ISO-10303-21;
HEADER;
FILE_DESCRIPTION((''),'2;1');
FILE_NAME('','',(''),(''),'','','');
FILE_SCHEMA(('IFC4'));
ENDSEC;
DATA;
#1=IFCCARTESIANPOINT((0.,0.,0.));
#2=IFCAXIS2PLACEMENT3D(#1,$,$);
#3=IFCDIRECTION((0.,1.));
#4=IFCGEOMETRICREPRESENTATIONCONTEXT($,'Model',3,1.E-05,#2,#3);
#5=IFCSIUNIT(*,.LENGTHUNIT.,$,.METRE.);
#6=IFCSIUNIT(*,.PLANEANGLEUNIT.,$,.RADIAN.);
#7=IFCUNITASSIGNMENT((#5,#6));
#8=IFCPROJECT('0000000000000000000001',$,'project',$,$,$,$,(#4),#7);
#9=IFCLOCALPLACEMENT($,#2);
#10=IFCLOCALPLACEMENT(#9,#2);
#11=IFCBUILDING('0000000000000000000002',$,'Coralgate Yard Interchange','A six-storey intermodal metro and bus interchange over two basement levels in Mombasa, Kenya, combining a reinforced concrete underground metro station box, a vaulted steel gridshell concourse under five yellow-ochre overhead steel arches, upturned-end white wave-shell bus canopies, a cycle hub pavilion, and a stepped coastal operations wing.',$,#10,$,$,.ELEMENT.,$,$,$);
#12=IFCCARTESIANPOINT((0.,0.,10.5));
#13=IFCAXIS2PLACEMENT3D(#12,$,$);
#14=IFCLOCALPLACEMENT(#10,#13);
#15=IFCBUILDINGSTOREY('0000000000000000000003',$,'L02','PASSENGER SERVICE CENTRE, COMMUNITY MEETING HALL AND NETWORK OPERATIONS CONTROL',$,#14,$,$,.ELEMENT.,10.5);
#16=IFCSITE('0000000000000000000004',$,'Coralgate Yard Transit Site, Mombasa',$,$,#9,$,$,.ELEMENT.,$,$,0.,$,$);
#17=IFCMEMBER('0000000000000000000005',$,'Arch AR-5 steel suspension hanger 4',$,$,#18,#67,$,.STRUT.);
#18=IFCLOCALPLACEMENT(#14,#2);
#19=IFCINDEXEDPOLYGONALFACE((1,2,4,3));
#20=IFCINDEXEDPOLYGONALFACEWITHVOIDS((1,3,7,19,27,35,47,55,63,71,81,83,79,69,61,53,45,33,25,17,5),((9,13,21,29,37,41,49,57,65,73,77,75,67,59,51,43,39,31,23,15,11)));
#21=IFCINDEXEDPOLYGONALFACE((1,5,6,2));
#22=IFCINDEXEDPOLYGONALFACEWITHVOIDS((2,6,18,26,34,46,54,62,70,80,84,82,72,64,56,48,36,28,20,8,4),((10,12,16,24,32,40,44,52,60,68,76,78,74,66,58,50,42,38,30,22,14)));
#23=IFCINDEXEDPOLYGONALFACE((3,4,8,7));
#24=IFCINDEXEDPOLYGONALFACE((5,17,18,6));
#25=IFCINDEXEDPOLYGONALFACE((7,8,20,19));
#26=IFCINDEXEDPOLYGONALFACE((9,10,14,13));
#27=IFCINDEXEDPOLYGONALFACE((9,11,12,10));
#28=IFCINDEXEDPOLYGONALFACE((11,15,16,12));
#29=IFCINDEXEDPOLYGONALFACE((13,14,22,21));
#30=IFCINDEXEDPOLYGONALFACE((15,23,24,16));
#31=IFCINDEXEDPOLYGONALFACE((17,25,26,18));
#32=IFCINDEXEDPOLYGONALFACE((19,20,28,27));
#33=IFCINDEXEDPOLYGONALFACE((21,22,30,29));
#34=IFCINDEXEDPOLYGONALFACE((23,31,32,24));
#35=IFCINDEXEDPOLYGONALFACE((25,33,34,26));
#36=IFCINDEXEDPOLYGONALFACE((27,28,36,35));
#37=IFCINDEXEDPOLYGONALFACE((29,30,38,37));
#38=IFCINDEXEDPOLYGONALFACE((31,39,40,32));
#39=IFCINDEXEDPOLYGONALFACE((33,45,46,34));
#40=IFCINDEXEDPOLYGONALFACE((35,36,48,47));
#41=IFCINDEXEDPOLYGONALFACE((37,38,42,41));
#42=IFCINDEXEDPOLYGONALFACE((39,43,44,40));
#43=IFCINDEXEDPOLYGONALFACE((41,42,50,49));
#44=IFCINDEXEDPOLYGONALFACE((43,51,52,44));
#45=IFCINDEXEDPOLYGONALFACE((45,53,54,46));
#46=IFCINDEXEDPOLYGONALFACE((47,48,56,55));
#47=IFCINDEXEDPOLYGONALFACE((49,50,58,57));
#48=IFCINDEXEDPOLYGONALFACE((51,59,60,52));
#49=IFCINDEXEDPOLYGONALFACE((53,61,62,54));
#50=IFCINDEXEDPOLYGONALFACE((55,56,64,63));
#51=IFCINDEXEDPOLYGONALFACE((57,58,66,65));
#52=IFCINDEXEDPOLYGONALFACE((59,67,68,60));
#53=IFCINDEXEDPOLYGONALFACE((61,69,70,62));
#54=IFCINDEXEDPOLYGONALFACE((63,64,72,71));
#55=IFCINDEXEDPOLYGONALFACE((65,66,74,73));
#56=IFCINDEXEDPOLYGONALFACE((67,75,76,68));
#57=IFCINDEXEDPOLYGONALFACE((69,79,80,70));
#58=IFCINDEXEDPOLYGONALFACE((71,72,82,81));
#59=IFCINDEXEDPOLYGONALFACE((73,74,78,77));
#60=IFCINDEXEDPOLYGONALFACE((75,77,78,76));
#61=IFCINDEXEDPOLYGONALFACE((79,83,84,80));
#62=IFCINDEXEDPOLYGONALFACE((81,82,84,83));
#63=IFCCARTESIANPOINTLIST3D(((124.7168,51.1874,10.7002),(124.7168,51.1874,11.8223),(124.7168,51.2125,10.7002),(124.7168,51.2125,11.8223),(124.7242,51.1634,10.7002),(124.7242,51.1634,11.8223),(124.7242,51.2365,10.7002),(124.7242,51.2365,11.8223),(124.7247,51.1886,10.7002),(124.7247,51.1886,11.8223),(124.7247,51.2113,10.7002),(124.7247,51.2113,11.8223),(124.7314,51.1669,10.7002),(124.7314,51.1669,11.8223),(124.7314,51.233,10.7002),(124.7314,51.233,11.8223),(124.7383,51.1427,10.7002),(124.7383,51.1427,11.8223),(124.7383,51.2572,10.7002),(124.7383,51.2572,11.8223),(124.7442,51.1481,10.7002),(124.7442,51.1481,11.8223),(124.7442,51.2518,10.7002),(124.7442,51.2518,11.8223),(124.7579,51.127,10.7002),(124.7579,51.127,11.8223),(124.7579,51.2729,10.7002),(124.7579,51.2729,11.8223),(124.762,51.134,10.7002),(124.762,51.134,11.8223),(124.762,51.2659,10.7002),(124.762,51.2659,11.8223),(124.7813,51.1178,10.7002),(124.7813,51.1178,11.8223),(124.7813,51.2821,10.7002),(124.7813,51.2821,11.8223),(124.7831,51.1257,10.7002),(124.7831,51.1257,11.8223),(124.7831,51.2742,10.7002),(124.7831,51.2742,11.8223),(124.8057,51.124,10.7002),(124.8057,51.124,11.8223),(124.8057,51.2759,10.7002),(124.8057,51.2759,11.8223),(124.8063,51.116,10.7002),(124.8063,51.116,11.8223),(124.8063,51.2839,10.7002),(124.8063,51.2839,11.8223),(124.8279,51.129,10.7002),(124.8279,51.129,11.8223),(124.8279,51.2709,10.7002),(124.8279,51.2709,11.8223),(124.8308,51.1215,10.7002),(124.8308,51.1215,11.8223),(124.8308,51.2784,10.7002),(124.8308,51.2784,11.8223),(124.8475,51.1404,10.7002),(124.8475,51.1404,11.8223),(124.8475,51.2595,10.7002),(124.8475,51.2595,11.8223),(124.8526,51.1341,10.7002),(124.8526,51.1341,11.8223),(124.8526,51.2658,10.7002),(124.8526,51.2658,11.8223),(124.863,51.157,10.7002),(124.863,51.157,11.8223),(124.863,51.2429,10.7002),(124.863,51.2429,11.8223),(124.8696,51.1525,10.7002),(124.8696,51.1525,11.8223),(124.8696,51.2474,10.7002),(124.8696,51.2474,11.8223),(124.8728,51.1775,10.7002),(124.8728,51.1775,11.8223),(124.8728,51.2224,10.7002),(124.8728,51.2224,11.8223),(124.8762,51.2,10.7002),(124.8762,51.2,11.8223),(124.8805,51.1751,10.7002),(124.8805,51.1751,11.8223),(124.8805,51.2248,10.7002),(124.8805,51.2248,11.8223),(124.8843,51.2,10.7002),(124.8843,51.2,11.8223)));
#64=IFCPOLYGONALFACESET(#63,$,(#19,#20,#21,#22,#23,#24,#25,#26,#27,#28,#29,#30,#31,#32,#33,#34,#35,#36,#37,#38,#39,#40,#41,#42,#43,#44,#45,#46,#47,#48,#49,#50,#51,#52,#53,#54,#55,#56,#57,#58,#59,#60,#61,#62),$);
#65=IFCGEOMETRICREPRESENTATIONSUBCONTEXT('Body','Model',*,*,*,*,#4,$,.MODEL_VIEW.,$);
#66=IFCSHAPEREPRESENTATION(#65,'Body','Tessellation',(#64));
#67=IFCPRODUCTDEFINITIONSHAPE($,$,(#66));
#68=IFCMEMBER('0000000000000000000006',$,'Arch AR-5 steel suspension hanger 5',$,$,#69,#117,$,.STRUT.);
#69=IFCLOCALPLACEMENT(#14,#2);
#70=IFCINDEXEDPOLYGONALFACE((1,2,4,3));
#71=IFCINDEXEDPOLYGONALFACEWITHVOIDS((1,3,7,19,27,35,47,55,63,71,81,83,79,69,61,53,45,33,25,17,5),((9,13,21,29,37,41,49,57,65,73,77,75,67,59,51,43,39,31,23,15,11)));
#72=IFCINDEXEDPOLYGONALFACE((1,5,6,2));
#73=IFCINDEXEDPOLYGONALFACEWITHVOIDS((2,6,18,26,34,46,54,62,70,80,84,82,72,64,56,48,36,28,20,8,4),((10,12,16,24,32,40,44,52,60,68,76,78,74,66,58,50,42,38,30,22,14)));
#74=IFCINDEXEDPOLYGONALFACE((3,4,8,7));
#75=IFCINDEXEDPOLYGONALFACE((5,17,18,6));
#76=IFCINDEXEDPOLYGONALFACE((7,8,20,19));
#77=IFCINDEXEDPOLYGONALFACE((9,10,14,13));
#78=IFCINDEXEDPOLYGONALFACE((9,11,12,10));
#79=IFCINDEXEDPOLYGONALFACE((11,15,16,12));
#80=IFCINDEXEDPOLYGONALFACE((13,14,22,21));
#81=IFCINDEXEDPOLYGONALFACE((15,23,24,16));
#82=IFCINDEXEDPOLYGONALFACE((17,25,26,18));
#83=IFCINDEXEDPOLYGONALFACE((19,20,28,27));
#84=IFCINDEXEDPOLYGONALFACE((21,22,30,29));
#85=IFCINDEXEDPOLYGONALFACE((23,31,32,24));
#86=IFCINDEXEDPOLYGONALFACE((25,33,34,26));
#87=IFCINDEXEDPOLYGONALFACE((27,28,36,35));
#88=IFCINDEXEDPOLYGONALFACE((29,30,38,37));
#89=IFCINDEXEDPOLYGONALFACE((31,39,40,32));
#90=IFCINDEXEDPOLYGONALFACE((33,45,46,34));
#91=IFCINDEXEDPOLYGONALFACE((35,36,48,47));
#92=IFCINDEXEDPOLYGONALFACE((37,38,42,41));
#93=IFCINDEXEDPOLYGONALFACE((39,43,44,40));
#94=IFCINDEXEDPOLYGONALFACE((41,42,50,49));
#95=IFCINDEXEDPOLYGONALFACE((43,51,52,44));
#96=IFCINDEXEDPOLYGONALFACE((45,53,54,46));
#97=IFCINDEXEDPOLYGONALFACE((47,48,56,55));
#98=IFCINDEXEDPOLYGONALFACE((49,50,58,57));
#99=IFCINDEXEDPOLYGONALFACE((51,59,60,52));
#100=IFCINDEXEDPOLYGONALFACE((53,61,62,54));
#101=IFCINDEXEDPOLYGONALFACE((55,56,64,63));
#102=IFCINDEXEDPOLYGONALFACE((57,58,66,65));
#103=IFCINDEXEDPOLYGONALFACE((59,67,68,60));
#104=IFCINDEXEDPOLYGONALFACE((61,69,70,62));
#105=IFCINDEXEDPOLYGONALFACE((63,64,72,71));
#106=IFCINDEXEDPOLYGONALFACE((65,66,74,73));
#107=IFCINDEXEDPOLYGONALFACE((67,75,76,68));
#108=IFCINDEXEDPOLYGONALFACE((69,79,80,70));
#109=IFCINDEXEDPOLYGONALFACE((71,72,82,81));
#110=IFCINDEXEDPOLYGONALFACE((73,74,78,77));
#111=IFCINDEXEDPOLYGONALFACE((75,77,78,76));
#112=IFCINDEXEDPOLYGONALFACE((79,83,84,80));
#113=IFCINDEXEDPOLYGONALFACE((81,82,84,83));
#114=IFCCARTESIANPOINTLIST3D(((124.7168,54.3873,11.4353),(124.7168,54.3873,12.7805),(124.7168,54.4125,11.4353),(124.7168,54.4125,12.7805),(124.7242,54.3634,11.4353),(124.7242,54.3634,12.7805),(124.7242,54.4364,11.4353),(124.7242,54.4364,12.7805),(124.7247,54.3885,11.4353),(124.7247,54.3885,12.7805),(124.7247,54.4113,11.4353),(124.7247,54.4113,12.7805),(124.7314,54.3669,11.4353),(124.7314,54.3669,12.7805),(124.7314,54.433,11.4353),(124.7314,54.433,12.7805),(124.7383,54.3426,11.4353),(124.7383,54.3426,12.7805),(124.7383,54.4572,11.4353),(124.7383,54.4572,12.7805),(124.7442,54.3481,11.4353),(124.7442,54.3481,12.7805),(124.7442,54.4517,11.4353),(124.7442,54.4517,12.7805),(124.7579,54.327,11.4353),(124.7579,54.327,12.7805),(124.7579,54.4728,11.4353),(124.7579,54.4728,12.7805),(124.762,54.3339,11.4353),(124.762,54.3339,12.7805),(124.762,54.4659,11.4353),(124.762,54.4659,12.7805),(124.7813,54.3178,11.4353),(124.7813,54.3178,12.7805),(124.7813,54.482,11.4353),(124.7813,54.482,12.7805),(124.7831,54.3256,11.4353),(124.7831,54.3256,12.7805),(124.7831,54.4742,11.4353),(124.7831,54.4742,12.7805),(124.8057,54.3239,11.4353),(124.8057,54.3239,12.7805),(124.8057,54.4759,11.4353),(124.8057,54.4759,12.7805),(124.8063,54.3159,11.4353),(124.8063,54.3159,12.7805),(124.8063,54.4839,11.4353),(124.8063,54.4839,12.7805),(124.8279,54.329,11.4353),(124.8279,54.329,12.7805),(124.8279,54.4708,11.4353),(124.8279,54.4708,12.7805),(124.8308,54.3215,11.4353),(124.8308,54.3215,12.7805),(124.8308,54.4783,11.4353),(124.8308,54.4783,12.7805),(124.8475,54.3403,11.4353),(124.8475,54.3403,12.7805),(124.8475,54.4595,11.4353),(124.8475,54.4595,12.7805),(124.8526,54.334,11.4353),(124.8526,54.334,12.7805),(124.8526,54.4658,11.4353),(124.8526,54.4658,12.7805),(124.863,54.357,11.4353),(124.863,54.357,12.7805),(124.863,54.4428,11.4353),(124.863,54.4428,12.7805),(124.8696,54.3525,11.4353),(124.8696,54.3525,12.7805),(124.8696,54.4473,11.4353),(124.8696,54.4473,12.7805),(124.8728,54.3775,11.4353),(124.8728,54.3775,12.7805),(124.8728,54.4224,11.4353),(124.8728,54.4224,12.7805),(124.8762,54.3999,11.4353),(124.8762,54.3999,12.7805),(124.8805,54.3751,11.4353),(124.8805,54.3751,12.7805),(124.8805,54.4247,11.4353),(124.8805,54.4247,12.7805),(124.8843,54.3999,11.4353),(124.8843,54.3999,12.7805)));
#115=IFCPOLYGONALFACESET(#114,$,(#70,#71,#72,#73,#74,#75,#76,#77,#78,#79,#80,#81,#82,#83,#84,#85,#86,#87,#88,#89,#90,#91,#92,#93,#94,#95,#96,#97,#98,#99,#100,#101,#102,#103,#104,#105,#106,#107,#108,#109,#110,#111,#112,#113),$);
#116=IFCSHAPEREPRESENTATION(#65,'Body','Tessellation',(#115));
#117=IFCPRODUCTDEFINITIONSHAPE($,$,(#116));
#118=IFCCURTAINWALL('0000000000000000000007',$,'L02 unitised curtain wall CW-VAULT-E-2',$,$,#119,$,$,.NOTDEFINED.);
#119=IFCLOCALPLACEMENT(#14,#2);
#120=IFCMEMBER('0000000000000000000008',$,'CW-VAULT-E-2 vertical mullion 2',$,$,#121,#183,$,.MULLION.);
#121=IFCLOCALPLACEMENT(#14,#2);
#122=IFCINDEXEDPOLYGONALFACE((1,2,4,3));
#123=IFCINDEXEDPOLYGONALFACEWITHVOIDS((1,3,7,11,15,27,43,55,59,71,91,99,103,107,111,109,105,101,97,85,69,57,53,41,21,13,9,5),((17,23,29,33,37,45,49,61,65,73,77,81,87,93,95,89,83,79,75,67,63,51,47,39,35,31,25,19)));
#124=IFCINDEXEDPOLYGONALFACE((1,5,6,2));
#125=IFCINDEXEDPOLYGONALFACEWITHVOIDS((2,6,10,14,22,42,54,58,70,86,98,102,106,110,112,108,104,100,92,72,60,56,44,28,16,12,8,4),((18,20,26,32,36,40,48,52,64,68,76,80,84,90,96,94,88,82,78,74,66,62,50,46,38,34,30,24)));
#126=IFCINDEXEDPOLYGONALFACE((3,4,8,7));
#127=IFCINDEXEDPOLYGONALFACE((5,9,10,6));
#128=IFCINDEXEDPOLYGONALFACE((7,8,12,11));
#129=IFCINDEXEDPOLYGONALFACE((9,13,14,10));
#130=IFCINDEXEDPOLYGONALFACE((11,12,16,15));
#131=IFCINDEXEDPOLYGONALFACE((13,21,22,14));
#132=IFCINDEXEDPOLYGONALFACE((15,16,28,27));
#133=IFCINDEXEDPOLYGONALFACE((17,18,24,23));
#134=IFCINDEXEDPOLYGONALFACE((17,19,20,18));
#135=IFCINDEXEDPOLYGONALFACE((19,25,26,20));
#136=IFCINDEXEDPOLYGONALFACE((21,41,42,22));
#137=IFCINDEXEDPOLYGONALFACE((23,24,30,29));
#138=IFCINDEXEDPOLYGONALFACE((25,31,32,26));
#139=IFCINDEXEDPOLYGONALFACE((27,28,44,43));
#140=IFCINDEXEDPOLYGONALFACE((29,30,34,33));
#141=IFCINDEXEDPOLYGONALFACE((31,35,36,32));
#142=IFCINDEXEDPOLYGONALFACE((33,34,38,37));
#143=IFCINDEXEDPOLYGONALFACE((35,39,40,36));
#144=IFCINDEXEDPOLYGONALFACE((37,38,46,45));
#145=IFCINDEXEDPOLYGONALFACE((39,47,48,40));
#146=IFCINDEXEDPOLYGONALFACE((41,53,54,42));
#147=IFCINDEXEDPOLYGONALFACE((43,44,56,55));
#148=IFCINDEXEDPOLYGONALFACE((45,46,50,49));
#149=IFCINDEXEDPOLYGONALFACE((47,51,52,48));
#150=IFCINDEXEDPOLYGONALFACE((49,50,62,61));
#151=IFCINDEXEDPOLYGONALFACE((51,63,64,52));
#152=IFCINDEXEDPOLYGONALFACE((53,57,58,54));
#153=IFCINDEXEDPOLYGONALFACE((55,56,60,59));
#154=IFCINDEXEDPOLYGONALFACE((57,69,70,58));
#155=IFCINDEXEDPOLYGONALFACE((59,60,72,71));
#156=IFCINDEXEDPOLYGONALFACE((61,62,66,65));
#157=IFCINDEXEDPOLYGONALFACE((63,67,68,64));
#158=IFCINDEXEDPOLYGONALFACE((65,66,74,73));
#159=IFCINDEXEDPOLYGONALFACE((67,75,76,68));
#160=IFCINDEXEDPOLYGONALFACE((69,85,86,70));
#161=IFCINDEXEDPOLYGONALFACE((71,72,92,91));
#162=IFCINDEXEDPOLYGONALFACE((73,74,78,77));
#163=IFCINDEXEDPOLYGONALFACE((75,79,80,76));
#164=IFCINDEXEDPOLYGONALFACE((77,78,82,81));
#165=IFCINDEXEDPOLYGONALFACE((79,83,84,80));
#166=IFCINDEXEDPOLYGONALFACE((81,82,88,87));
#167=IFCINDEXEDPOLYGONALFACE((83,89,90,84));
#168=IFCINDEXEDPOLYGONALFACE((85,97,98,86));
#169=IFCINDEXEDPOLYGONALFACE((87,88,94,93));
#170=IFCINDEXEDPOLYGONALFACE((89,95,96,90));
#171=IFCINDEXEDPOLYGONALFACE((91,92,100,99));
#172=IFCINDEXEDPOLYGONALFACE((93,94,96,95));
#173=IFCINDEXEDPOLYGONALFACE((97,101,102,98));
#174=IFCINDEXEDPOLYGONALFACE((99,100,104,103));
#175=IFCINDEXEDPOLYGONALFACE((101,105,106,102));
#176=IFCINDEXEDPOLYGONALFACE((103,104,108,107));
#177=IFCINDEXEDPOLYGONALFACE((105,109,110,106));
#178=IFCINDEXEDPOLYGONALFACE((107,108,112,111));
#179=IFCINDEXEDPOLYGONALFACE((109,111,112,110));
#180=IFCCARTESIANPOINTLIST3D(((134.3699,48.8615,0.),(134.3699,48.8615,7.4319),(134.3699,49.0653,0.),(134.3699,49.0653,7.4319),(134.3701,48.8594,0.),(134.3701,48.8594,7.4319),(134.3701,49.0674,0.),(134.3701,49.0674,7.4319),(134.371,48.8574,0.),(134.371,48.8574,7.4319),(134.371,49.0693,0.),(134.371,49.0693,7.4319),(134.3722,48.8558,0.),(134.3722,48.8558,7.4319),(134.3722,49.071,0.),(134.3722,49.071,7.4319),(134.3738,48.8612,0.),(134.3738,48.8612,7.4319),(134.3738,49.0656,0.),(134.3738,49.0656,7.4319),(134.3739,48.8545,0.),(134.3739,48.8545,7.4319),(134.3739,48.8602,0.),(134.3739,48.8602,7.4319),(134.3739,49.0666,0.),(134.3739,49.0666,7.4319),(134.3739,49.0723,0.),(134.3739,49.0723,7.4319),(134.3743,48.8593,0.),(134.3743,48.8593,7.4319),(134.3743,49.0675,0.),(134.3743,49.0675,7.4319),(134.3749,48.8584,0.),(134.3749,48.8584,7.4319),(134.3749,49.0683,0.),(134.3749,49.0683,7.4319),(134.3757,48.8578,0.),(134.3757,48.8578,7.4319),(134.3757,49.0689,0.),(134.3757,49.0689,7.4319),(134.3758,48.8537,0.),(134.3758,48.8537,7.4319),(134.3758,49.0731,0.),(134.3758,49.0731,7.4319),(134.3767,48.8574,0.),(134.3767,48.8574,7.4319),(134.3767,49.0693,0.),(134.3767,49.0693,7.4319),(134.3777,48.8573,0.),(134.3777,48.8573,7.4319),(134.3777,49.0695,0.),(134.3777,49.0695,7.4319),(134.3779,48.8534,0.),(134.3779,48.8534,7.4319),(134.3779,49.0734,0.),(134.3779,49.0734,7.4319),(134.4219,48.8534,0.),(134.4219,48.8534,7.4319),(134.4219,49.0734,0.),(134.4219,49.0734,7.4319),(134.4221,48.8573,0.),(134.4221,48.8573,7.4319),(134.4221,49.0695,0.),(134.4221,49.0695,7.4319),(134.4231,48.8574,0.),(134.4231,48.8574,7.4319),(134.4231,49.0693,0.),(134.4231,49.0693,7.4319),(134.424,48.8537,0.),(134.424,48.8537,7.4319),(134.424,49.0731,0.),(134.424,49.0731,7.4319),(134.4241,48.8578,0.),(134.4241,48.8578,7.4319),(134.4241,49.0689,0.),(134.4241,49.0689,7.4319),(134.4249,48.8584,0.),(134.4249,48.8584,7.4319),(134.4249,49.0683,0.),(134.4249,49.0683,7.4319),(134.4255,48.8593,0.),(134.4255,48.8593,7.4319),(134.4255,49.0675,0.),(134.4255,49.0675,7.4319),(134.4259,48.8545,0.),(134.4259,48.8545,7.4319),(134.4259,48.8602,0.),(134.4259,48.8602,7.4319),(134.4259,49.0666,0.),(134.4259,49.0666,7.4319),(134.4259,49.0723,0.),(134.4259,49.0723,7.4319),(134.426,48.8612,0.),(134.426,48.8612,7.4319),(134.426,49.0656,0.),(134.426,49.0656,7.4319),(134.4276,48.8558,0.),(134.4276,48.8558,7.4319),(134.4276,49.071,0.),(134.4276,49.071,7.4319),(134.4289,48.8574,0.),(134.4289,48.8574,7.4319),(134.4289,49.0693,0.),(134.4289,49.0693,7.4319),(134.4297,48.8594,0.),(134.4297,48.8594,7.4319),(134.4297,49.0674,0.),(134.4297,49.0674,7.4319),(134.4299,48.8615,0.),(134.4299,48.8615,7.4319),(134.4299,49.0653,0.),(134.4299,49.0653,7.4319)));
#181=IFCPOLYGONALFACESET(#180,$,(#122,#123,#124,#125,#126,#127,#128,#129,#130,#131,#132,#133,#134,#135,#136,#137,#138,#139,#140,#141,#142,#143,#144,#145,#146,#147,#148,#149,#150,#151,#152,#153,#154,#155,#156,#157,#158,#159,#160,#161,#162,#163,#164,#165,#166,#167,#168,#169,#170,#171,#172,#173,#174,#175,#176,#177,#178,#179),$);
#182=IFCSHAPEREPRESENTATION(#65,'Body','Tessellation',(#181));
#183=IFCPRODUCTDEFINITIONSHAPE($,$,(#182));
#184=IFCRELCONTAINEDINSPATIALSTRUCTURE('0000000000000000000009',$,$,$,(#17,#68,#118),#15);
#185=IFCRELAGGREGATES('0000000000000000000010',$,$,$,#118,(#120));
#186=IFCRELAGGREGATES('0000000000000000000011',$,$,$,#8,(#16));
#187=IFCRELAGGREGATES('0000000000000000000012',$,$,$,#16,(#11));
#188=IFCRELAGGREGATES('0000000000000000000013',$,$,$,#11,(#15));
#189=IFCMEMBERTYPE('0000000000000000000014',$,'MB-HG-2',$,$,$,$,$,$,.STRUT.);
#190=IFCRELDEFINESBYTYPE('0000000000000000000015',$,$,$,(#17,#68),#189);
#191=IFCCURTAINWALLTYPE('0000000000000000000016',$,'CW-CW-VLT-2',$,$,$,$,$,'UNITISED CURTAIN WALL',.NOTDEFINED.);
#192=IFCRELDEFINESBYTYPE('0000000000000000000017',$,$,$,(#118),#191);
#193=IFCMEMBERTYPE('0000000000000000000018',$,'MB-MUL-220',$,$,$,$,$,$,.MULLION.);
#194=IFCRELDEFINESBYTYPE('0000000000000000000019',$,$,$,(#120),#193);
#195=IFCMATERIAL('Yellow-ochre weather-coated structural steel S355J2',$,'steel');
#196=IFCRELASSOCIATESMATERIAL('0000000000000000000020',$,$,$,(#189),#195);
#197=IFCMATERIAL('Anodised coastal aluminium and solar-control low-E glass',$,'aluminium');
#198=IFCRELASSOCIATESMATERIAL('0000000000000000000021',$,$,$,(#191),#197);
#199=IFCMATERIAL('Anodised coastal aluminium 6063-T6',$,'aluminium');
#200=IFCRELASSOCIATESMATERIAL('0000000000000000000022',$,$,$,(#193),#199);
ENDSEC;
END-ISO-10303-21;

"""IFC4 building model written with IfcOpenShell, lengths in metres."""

from ifc_helpers import new_model, si_unit, direction, frame, origin, origin_2d, place, context, subcontext, project, spatial, hollow_rectangle, hollow_circle, extrude, material, material_profile, profile_set, type_object, element, aggregate, save


model = new_model("IFC4")

# Units and contexts
model_context = context("Model", 3, precision=1e-05, world=origin(), true_north=direction((0.0, 1.0)))
body_context = subcontext(model_context, "Body", "Model", "MODEL_VIEW")
ifc_project = project(units=[si_unit("LENGTHUNIT", "METRE"), si_unit("PLANEANGLEUNIT", "RADIAN")], contexts=[model_context])

# Site, building, storey
site_placement = place(None, origin())
site = spatial("IfcSite", under=ifc_project, at=site_placement, Name="Coralgate Yard Transit Site, Mombasa", CompositionType="ELEMENT", RefElevation=0.0)
building_placement = place(site_placement, origin())
building = spatial("IfcBuilding", under=site, at=building_placement, Name="Coralgate Yard Interchange", Description="A six-storey intermodal metro and bus interchange over two basement levels in Mombasa, Kenya, combining a reinforced concrete underground metro station box, a vaulted steel gridshell concourse under five yellow-ochre overhead steel arches, upturned-end white wave-shell bus canopies, a cycle hub pavilion, and a stepped coastal operations wing.", CompositionType="ELEMENT")
storey_placement = place(building_placement, frame((0.0, 0.0, 10.5)))
storey = spatial("IfcBuildingStorey", under=building, at=storey_placement, Name="L02", Description="PASSENGER SERVICE CENTRE, COMMUNITY MEETING HALL AND NETWORK OPERATIONS CONTROL", CompositionType="ELEMENT", Elevation=10.5)

# Shared definitions
ifc_material_1 = material(Name="Yellow-ochre weather-coated structural steel S355J2", Category="steel")

# Members
ifc_material_profile_1 = material_profile(ifc_material_1, hollow_circle(Radius=0.0842, WallThickness=0.0081, at=origin_2d()), Name="CHS 168.3x8")
ifc_profile_set_1 = profile_set([ifc_material_profile_1], Name="Yellow-ochre weather-coated structural steel S355J2")
member_type_1 = type_object("IfcMemberType", Name="MB-HG-2", PredefinedType="STRUT", material=ifc_profile_set_1)
member_1_placement = place(storey_placement, frame((124.8, 51.2, 10.7002), z_axis=(0.0, 0.0, 1.0), x_axis=(1.0, 0.0, 0.0)))
element("IfcMember", 1, at=member_1_placement, inside=storey, type_object=member_type_1, Name="Arch AR-5 steel suspension hanger 4", PredefinedType="STRUT", context=body_context, shape_type="SweptSolid", body=[
    extrude(hollow_circle(Radius=0.0842, WallThickness=0.0081, at=origin_2d()), origin(), (0.0, 0.0, 1.0), 1.1221),
])
member_2_placement = place(storey_placement, frame((124.8, 54.3999, 11.4353), z_axis=(0.0, 0.0, 1.0), x_axis=(1.0, 0.0, 0.0)))
element("IfcMember", 2, at=member_2_placement, inside=storey, type_object=member_type_1, Name="Arch AR-5 steel suspension hanger 5", PredefinedType="STRUT", context=body_context, shape_type="SweptSolid", body=[
    extrude(hollow_circle(Radius=0.0842, WallThickness=0.0081, at=origin_2d()), origin(), (0.0, 0.0, 1.0), 1.3452),
])

# Curtain wall, member
ifc_material_2 = material(Name="Anodised coastal aluminium and solar-control low-E glass", Category="aluminium")
curtain_wall_type = type_object("IfcCurtainWallType", Name="CW-CW-VLT-2", ElementType="UNITISED CURTAIN WALL", PredefinedType="NOTDEFINED", material=ifc_material_2)
curtain_wall_placement = place(storey_placement, origin())
curtain_wall = element("IfcCurtainWall", 3, at=curtain_wall_placement, inside=storey, type_object=curtain_wall_type, Name="L02 unitised curtain wall CW-VAULT-E-2", PredefinedType="NOTDEFINED")
ifc_material_3 = material(Name="Anodised coastal aluminium 6063-T6", Category="aluminium")
ifc_material_profile_2 = material_profile(ifc_material_3, hollow_rectangle(XDim=0.0601, YDim=0.22, WallThickness=0.0039, InnerFilletRadius=0.0039, OuterFilletRadius=0.0081, at=origin_2d()), Name="ALU 60x220x4")
ifc_profile_set_2 = profile_set([ifc_material_profile_2], Name="Anodised coastal aluminium 6063-T6")
member_type_2 = type_object("IfcMemberType", Name="MB-MUL-220", PredefinedType="MULLION", material=ifc_profile_set_2)
member_3_placement = place(storey_placement, frame((134.3999, 48.9634, 0.0), z_axis=(0.0, 0.0, 1.0), x_axis=(1.0, 0.0, 0.0)))
member_3 = element("IfcMember", 4, at=member_3_placement, type_object=member_type_2, Name="CW-VAULT-E-2 vertical mullion 2", PredefinedType="MULLION", context=body_context, shape_type="SweptSolid", body=[
    extrude(hollow_rectangle(XDim=0.0601, YDim=0.22, WallThickness=0.0039, InnerFilletRadius=0.0039, OuterFilletRadius=0.0081, at=origin_2d()), origin(), (0.0, 0.0, 1.0), 7.4319),
])

aggregate(curtain_wall, [member_3])

save(model, "model.ifc")
